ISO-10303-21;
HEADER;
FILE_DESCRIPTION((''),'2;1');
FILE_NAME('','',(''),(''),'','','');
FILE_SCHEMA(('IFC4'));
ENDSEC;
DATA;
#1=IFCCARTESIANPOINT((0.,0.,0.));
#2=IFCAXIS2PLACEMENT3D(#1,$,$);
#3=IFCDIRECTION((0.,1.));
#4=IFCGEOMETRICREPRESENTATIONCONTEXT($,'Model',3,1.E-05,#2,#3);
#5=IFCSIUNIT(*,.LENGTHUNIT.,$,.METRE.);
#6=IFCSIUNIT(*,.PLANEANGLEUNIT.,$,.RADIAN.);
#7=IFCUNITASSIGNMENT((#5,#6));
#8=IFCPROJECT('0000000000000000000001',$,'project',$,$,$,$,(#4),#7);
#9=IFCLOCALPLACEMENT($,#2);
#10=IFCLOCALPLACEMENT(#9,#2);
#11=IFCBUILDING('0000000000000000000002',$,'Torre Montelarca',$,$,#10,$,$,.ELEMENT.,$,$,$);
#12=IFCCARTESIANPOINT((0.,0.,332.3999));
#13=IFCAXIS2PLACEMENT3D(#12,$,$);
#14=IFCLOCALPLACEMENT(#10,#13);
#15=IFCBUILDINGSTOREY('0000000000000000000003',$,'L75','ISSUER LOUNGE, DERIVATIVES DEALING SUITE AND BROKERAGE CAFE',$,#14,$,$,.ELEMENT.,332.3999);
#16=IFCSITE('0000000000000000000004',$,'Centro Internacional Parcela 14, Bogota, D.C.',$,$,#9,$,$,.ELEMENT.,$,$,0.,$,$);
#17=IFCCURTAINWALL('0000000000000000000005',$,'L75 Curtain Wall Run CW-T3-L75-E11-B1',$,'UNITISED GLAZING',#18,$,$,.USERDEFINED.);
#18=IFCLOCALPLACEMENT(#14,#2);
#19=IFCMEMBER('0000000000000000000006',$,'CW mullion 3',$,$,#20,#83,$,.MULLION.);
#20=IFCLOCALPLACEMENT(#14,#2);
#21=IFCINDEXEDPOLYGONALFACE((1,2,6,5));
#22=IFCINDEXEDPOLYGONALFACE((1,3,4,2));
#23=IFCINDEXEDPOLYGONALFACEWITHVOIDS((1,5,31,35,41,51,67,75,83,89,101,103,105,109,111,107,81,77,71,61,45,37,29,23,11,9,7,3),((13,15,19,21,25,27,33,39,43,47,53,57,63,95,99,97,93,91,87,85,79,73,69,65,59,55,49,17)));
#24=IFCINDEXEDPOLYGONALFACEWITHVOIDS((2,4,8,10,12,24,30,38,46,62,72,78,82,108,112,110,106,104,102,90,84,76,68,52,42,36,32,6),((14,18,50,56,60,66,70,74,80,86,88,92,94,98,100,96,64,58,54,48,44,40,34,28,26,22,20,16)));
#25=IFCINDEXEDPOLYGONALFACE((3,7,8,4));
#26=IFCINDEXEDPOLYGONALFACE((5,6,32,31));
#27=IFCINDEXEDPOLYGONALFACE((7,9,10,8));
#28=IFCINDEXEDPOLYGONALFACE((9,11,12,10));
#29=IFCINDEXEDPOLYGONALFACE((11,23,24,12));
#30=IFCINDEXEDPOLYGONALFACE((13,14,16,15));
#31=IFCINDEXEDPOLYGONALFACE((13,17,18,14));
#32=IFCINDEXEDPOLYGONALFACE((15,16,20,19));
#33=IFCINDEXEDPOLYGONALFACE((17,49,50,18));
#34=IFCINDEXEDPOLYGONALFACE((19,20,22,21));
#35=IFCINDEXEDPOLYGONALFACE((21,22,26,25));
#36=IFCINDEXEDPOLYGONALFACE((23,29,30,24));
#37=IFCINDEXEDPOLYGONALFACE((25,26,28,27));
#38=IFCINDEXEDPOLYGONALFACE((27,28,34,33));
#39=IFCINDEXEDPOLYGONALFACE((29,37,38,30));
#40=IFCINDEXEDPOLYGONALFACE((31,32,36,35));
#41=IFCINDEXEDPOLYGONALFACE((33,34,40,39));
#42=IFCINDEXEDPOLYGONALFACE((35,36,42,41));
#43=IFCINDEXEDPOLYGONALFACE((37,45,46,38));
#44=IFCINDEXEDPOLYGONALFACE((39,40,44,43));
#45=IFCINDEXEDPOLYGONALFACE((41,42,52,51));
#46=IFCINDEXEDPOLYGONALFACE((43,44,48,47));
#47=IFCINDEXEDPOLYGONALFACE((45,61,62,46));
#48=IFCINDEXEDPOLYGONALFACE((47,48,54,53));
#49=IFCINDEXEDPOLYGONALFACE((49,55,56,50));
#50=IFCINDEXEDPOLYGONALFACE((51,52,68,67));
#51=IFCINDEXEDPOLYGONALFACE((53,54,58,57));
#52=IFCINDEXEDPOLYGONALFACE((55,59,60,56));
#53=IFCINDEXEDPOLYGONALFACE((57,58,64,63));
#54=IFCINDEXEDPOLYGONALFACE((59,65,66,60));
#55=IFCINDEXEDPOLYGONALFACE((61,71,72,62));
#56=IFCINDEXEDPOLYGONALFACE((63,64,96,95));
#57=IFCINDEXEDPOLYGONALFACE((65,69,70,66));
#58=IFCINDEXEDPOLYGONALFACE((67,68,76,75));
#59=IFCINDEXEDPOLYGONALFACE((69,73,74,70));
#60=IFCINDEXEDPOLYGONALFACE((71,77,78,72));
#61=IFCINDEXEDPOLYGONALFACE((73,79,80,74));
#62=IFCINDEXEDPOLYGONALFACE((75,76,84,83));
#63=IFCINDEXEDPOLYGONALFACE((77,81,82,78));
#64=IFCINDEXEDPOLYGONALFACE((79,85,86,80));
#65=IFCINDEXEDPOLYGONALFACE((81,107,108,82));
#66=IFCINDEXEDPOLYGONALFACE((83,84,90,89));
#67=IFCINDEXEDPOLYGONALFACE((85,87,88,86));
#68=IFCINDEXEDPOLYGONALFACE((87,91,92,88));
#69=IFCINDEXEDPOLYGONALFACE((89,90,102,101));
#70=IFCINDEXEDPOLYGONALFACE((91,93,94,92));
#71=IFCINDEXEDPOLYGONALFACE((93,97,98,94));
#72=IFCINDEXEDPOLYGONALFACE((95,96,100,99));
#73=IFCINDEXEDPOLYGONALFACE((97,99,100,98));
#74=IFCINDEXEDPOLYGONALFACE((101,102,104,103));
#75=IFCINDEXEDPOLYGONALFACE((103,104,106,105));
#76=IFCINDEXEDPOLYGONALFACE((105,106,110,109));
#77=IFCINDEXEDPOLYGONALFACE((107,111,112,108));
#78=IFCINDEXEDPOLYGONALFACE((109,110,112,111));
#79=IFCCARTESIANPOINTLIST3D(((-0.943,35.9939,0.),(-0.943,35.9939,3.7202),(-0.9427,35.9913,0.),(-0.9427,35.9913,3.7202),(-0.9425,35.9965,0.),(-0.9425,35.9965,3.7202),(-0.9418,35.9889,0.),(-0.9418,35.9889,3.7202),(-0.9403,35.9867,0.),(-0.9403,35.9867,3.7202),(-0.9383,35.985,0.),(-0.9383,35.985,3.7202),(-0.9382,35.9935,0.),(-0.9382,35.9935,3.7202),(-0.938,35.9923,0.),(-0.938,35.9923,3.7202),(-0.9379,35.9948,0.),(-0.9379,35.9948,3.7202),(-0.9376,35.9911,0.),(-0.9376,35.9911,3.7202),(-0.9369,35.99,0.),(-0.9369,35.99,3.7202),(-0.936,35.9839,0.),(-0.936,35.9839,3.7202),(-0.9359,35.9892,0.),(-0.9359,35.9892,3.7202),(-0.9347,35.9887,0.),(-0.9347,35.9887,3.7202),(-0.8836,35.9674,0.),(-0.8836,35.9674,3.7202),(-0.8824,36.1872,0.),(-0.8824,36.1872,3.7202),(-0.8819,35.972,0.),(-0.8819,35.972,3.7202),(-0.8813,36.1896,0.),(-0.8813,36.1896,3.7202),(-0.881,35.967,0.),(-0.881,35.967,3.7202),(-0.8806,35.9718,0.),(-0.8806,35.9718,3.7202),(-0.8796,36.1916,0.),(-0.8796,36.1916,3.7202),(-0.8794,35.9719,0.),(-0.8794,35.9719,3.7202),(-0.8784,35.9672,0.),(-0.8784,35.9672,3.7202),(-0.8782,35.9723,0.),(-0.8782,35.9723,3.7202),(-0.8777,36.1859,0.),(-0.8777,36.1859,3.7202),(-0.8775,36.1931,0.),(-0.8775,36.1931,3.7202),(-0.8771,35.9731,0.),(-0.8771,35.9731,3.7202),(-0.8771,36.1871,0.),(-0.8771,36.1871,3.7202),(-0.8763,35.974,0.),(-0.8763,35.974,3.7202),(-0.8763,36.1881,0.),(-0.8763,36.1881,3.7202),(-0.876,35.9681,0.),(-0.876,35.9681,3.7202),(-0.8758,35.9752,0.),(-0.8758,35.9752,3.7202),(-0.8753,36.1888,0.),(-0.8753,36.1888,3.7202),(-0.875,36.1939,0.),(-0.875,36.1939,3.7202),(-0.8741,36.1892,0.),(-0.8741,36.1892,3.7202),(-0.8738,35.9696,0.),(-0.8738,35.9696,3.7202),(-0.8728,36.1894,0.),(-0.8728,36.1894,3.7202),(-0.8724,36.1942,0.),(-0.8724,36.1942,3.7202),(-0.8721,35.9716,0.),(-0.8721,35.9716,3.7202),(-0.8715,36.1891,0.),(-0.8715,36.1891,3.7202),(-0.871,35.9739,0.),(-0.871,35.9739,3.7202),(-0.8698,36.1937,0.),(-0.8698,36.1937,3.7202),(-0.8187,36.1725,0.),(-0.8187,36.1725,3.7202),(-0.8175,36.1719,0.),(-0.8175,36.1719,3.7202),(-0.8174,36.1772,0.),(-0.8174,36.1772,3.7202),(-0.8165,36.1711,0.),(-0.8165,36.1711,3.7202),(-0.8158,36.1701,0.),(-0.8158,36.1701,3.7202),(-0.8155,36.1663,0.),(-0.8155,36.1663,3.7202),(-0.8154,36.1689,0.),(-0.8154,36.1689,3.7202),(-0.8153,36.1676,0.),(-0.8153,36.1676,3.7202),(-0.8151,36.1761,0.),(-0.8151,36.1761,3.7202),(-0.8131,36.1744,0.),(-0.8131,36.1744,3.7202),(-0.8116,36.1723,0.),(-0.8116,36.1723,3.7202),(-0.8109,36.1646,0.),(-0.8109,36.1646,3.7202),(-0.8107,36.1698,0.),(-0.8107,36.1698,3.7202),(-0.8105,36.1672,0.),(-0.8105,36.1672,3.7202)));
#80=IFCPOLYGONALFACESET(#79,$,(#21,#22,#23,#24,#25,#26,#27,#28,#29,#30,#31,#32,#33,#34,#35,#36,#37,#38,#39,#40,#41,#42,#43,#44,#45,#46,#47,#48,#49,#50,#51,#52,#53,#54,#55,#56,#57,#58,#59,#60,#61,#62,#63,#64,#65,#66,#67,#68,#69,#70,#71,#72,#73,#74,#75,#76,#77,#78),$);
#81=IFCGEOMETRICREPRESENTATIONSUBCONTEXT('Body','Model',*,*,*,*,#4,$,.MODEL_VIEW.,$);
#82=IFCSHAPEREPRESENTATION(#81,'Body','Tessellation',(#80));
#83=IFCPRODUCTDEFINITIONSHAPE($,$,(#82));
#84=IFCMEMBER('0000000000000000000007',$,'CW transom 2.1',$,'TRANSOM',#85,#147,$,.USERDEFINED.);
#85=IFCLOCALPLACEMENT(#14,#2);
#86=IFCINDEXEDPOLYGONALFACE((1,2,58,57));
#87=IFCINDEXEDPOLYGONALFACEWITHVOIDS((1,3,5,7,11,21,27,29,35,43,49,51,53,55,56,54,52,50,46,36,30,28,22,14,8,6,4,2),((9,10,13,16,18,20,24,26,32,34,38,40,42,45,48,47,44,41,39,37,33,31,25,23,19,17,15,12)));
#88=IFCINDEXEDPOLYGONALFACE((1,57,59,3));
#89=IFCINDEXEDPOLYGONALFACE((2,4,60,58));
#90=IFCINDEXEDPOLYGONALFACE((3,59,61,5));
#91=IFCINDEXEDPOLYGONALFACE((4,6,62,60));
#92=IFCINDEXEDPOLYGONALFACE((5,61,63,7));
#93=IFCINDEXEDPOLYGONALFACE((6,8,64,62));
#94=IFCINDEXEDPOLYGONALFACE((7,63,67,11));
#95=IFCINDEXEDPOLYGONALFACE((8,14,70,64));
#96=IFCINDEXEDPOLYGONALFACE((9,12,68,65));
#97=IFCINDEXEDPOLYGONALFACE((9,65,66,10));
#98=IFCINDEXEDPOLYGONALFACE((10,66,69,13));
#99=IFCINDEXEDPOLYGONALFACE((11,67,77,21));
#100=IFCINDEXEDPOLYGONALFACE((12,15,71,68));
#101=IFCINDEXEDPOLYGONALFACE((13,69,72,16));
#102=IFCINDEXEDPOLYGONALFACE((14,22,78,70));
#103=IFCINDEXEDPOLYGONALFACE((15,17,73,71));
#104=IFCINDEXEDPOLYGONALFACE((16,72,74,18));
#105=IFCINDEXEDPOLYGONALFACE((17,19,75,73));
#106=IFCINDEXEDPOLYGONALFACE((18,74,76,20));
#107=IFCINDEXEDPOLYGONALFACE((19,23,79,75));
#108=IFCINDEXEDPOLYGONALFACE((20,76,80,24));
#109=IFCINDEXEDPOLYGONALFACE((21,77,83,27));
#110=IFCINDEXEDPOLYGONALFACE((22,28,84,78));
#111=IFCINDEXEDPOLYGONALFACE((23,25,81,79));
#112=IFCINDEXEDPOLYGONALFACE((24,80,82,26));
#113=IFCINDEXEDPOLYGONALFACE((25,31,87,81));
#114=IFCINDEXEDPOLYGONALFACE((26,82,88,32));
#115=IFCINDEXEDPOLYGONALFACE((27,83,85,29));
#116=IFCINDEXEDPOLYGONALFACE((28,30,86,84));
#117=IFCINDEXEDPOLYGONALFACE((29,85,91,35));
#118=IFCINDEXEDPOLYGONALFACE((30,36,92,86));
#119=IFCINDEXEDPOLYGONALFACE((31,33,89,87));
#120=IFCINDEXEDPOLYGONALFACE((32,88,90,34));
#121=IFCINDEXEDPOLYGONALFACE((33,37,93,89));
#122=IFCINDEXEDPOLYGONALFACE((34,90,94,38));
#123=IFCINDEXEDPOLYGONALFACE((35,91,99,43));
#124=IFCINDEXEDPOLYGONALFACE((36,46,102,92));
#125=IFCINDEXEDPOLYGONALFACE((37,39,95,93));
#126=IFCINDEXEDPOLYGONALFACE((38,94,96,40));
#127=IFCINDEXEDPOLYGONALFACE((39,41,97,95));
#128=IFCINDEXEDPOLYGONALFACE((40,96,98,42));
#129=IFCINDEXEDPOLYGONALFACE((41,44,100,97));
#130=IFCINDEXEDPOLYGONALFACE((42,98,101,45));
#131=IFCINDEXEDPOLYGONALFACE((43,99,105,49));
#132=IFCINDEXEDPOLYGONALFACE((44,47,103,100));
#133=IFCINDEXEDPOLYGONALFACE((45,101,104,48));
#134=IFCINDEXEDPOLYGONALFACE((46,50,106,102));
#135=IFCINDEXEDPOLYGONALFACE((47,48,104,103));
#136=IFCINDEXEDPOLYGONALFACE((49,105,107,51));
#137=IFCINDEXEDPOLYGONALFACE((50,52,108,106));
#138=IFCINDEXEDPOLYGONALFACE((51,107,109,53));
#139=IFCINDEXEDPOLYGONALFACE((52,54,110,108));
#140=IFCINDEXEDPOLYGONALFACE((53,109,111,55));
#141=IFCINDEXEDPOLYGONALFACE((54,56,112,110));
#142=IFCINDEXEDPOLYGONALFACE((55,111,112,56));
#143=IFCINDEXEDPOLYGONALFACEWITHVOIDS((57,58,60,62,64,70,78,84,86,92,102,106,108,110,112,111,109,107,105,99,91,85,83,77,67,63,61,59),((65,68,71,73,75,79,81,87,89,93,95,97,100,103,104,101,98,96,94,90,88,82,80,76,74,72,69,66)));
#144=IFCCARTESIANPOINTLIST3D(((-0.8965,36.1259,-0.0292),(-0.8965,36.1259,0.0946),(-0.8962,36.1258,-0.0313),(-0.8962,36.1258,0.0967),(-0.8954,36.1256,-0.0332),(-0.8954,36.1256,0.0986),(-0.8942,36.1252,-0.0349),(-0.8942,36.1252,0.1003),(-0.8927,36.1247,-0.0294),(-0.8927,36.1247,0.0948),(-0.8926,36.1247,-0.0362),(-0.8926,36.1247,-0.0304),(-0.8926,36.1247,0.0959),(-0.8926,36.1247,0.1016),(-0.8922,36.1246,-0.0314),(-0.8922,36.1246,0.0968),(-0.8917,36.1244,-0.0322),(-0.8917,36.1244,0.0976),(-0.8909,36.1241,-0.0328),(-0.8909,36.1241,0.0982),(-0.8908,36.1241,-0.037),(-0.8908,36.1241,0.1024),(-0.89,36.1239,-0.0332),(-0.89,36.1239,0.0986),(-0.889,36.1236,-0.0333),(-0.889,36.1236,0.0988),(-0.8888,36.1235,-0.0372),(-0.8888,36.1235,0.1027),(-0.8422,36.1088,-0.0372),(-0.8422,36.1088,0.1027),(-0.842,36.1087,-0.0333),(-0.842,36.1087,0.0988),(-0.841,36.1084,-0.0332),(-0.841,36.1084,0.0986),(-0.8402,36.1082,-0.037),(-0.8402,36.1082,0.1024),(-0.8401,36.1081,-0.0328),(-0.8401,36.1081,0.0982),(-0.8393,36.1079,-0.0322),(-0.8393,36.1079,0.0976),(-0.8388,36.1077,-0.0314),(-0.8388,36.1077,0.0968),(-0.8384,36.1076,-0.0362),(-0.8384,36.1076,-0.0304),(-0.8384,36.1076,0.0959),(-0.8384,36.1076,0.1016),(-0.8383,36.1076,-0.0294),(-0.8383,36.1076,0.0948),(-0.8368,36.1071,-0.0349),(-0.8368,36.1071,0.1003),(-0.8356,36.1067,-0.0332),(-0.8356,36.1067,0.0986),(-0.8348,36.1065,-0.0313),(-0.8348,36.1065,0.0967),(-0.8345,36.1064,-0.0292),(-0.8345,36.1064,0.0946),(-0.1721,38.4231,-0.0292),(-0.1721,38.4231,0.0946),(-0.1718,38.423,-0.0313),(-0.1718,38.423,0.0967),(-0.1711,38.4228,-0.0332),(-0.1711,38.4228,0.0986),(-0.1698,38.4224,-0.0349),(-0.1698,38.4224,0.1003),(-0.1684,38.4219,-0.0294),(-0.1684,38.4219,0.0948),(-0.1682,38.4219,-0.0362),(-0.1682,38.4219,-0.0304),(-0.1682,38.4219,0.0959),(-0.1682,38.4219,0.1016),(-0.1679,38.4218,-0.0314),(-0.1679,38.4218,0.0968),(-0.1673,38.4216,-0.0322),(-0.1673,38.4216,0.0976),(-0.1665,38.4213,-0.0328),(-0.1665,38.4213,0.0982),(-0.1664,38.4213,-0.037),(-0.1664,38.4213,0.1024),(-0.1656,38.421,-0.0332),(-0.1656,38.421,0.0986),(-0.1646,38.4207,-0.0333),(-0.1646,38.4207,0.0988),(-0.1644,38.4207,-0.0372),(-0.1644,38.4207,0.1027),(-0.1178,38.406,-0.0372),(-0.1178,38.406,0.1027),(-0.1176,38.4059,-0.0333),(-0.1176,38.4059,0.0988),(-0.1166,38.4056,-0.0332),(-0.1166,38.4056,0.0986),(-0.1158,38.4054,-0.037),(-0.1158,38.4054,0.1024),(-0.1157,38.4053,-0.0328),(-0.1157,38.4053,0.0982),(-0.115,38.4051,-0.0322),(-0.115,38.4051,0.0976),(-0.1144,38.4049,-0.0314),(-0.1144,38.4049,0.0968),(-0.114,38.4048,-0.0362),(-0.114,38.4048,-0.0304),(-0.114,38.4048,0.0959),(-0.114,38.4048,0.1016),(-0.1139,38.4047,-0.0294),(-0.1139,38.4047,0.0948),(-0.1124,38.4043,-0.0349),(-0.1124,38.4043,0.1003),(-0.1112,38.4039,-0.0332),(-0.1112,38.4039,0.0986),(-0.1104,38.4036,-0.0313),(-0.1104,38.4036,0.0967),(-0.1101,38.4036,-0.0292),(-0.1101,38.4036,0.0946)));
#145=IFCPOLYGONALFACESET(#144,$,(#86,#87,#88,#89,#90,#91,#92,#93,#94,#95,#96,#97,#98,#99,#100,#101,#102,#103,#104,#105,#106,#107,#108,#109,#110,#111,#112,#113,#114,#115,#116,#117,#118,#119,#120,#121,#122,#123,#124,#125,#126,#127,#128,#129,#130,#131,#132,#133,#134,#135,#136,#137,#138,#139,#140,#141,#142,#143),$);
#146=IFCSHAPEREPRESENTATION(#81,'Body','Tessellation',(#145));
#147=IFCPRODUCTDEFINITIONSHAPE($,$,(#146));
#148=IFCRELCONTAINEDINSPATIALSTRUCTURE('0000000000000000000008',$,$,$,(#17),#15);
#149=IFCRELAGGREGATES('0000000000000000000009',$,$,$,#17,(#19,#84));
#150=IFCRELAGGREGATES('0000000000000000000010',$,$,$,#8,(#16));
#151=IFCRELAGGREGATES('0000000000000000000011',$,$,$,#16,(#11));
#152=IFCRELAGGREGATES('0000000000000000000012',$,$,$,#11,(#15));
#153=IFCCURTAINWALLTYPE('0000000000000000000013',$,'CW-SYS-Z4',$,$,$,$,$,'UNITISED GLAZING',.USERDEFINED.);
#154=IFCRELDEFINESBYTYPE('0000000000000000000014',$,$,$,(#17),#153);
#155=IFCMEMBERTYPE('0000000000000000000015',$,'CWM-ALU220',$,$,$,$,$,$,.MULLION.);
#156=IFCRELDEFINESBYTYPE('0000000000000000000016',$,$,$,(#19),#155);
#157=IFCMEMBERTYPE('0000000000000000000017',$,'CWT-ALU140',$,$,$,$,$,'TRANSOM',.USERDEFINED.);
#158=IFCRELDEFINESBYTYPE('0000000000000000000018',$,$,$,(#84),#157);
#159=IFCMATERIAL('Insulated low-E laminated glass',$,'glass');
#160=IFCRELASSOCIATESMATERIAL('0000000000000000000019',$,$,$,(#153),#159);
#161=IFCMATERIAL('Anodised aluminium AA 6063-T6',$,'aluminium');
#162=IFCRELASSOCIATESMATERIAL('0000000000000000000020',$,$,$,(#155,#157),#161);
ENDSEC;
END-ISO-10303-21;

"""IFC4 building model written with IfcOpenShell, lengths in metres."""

from ifc_helpers import new_model, si_unit, direction, frame, origin, origin_2d, place, context, subcontext, project, spatial, hollow_rectangle, extrude, source, transform, mapped, material, material_profile, profile_set, type_object, element, aggregate, save


model = new_model("IFC4")

# Units and contexts
model_context = context("Model", 3, precision=1e-05, world=origin(), true_north=direction((0.0, 1.0)))
body_context = subcontext(model_context, "Body", "Model", "MODEL_VIEW")
ifc_project = project(units=[si_unit("LENGTHUNIT", "METRE"), si_unit("PLANEANGLEUNIT", "RADIAN")], contexts=[model_context])

# Site, building, storey
site_placement = place(None, origin())
site = spatial("IfcSite", under=ifc_project, at=site_placement, Name="Centro Internacional Parcela 14, Bogota, D.C.", CompositionType="ELEMENT", RefElevation=0.0)
building_placement = place(site_placement, origin())
building = spatial("IfcBuilding", under=site, at=building_placement, Name="Torre Montelarca", CompositionType="ELEMENT")
storey_placement = place(building_placement, frame((0.0, 0.0, 332.3999)))
storey = spatial("IfcBuildingStorey", under=building, at=storey_placement, Name="L75", Description="ISSUER LOUNGE, DERIVATIVES DEALING SUITE AND BROKERAGE CAFE", CompositionType="ELEMENT", Elevation=332.3999)

# Shared definitions
ifc_material_1 = material(Name="Insulated low-E laminated glass", Category="glass")
curtain_wall_type = type_object("IfcCurtainWallType", Name="CW-SYS-Z4", ElementType="UNITISED GLAZING", PredefinedType="USERDEFINED", material=ifc_material_1)
ifc_material_2 = material(Name="Anodised aluminium AA 6063-T6", Category="aluminium")
ifc_material_profile_1 = material_profile(ifc_material_2, hollow_rectangle(XDim=0.075, YDim=0.22, WallThickness=0.0049, InnerFilletRadius=0.0049, OuterFilletRadius=0.01, at=origin_2d()), Name="ALU75X220X5", Category="aluminium")
ifc_profile_set_1 = profile_set([ifc_material_profile_1], Name="Anodised aluminium AA 6063-T6")
member_type_1 = type_object("IfcMemberType", Name="CWM-ALU220", PredefinedType="MULLION", material=ifc_profile_set_1)
shared_shape_1 = source(origin(), body_context, "Body", "SweptSolid", [
    extrude(hollow_rectangle(XDim=0.075, YDim=0.22, WallThickness=0.0049, InnerFilletRadius=0.0049, OuterFilletRadius=0.01, at=origin_2d()), origin(), (0.0, 0.0, 1.0), 3.7202),
])

# Curtain wall, members
curtain_wall_1_placement = place(storey_placement, origin())
curtain_wall_1 = element("IfcCurtainWall", 1, at=curtain_wall_1_placement, inside=storey, type_object=curtain_wall_type, Name="L75 Curtain Wall Run CW-T3-L75-E11-B1", ObjectType="UNITISED GLAZING", PredefinedType="USERDEFINED")
member_1_placement = place(storey_placement, frame((-0.8767, 36.0806, 0.0), z_axis=(0.0, 0.0, 1.0), x_axis=(0.953721, -0.300693, 0.0)))
member_1 = element("IfcMember", 2, at=member_1_placement, type_object=member_type_1, Name="CW mullion 3", PredefinedType="MULLION", context=body_context, shape_type="MappedRepresentation", body=[
    mapped(shared_shape_1, transform((0.0, 0.0, 0.0), scale=1.0)),
])
ifc_material_profile_2 = material_profile(ifc_material_2, hollow_rectangle(XDim=0.0649, YDim=0.1399, WallThickness=0.0039, InnerFilletRadius=0.0039, OuterFilletRadius=0.0081, at=origin_2d()), Name="ALU65X140X4", Category="aluminium")
ifc_profile_set_2 = profile_set([ifc_material_profile_2], Name="Anodised aluminium AA 6063-T6")
member_type_2 = type_object("IfcMemberType", Name="CWT-ALU140", ElementType="TRANSOM", PredefinedType="USERDEFINED", material=ifc_profile_set_2)
shared_shape_2 = source(origin(), body_context, "Body", "SweptSolid", [
    extrude(hollow_rectangle(XDim=0.0649, YDim=0.1399, WallThickness=0.0039, InnerFilletRadius=0.0039, OuterFilletRadius=0.0081, at=origin_2d()), origin(), (0.0, 0.0, 1.0), 2.4087),
])
member_2_placement = place(storey_placement, frame((-0.1411, 38.4133, 0.0327), z_axis=(-0.300738, -0.953707, 0.0), x_axis=(0.953707, -0.300738, 0.0)))
member_2 = element("IfcMember", 3, at=member_2_placement, type_object=member_type_2, Name="CW transom 2.1", ObjectType="TRANSOM", PredefinedType="USERDEFINED", context=body_context, shape_type="MappedRepresentation", body=[
    mapped(shared_shape_2, transform((0.0, 0.0, 0.0), scale=1.0)),
])

aggregate(curtain_wall_1, [member_1, member_2])

save(model, "model.ifc")
